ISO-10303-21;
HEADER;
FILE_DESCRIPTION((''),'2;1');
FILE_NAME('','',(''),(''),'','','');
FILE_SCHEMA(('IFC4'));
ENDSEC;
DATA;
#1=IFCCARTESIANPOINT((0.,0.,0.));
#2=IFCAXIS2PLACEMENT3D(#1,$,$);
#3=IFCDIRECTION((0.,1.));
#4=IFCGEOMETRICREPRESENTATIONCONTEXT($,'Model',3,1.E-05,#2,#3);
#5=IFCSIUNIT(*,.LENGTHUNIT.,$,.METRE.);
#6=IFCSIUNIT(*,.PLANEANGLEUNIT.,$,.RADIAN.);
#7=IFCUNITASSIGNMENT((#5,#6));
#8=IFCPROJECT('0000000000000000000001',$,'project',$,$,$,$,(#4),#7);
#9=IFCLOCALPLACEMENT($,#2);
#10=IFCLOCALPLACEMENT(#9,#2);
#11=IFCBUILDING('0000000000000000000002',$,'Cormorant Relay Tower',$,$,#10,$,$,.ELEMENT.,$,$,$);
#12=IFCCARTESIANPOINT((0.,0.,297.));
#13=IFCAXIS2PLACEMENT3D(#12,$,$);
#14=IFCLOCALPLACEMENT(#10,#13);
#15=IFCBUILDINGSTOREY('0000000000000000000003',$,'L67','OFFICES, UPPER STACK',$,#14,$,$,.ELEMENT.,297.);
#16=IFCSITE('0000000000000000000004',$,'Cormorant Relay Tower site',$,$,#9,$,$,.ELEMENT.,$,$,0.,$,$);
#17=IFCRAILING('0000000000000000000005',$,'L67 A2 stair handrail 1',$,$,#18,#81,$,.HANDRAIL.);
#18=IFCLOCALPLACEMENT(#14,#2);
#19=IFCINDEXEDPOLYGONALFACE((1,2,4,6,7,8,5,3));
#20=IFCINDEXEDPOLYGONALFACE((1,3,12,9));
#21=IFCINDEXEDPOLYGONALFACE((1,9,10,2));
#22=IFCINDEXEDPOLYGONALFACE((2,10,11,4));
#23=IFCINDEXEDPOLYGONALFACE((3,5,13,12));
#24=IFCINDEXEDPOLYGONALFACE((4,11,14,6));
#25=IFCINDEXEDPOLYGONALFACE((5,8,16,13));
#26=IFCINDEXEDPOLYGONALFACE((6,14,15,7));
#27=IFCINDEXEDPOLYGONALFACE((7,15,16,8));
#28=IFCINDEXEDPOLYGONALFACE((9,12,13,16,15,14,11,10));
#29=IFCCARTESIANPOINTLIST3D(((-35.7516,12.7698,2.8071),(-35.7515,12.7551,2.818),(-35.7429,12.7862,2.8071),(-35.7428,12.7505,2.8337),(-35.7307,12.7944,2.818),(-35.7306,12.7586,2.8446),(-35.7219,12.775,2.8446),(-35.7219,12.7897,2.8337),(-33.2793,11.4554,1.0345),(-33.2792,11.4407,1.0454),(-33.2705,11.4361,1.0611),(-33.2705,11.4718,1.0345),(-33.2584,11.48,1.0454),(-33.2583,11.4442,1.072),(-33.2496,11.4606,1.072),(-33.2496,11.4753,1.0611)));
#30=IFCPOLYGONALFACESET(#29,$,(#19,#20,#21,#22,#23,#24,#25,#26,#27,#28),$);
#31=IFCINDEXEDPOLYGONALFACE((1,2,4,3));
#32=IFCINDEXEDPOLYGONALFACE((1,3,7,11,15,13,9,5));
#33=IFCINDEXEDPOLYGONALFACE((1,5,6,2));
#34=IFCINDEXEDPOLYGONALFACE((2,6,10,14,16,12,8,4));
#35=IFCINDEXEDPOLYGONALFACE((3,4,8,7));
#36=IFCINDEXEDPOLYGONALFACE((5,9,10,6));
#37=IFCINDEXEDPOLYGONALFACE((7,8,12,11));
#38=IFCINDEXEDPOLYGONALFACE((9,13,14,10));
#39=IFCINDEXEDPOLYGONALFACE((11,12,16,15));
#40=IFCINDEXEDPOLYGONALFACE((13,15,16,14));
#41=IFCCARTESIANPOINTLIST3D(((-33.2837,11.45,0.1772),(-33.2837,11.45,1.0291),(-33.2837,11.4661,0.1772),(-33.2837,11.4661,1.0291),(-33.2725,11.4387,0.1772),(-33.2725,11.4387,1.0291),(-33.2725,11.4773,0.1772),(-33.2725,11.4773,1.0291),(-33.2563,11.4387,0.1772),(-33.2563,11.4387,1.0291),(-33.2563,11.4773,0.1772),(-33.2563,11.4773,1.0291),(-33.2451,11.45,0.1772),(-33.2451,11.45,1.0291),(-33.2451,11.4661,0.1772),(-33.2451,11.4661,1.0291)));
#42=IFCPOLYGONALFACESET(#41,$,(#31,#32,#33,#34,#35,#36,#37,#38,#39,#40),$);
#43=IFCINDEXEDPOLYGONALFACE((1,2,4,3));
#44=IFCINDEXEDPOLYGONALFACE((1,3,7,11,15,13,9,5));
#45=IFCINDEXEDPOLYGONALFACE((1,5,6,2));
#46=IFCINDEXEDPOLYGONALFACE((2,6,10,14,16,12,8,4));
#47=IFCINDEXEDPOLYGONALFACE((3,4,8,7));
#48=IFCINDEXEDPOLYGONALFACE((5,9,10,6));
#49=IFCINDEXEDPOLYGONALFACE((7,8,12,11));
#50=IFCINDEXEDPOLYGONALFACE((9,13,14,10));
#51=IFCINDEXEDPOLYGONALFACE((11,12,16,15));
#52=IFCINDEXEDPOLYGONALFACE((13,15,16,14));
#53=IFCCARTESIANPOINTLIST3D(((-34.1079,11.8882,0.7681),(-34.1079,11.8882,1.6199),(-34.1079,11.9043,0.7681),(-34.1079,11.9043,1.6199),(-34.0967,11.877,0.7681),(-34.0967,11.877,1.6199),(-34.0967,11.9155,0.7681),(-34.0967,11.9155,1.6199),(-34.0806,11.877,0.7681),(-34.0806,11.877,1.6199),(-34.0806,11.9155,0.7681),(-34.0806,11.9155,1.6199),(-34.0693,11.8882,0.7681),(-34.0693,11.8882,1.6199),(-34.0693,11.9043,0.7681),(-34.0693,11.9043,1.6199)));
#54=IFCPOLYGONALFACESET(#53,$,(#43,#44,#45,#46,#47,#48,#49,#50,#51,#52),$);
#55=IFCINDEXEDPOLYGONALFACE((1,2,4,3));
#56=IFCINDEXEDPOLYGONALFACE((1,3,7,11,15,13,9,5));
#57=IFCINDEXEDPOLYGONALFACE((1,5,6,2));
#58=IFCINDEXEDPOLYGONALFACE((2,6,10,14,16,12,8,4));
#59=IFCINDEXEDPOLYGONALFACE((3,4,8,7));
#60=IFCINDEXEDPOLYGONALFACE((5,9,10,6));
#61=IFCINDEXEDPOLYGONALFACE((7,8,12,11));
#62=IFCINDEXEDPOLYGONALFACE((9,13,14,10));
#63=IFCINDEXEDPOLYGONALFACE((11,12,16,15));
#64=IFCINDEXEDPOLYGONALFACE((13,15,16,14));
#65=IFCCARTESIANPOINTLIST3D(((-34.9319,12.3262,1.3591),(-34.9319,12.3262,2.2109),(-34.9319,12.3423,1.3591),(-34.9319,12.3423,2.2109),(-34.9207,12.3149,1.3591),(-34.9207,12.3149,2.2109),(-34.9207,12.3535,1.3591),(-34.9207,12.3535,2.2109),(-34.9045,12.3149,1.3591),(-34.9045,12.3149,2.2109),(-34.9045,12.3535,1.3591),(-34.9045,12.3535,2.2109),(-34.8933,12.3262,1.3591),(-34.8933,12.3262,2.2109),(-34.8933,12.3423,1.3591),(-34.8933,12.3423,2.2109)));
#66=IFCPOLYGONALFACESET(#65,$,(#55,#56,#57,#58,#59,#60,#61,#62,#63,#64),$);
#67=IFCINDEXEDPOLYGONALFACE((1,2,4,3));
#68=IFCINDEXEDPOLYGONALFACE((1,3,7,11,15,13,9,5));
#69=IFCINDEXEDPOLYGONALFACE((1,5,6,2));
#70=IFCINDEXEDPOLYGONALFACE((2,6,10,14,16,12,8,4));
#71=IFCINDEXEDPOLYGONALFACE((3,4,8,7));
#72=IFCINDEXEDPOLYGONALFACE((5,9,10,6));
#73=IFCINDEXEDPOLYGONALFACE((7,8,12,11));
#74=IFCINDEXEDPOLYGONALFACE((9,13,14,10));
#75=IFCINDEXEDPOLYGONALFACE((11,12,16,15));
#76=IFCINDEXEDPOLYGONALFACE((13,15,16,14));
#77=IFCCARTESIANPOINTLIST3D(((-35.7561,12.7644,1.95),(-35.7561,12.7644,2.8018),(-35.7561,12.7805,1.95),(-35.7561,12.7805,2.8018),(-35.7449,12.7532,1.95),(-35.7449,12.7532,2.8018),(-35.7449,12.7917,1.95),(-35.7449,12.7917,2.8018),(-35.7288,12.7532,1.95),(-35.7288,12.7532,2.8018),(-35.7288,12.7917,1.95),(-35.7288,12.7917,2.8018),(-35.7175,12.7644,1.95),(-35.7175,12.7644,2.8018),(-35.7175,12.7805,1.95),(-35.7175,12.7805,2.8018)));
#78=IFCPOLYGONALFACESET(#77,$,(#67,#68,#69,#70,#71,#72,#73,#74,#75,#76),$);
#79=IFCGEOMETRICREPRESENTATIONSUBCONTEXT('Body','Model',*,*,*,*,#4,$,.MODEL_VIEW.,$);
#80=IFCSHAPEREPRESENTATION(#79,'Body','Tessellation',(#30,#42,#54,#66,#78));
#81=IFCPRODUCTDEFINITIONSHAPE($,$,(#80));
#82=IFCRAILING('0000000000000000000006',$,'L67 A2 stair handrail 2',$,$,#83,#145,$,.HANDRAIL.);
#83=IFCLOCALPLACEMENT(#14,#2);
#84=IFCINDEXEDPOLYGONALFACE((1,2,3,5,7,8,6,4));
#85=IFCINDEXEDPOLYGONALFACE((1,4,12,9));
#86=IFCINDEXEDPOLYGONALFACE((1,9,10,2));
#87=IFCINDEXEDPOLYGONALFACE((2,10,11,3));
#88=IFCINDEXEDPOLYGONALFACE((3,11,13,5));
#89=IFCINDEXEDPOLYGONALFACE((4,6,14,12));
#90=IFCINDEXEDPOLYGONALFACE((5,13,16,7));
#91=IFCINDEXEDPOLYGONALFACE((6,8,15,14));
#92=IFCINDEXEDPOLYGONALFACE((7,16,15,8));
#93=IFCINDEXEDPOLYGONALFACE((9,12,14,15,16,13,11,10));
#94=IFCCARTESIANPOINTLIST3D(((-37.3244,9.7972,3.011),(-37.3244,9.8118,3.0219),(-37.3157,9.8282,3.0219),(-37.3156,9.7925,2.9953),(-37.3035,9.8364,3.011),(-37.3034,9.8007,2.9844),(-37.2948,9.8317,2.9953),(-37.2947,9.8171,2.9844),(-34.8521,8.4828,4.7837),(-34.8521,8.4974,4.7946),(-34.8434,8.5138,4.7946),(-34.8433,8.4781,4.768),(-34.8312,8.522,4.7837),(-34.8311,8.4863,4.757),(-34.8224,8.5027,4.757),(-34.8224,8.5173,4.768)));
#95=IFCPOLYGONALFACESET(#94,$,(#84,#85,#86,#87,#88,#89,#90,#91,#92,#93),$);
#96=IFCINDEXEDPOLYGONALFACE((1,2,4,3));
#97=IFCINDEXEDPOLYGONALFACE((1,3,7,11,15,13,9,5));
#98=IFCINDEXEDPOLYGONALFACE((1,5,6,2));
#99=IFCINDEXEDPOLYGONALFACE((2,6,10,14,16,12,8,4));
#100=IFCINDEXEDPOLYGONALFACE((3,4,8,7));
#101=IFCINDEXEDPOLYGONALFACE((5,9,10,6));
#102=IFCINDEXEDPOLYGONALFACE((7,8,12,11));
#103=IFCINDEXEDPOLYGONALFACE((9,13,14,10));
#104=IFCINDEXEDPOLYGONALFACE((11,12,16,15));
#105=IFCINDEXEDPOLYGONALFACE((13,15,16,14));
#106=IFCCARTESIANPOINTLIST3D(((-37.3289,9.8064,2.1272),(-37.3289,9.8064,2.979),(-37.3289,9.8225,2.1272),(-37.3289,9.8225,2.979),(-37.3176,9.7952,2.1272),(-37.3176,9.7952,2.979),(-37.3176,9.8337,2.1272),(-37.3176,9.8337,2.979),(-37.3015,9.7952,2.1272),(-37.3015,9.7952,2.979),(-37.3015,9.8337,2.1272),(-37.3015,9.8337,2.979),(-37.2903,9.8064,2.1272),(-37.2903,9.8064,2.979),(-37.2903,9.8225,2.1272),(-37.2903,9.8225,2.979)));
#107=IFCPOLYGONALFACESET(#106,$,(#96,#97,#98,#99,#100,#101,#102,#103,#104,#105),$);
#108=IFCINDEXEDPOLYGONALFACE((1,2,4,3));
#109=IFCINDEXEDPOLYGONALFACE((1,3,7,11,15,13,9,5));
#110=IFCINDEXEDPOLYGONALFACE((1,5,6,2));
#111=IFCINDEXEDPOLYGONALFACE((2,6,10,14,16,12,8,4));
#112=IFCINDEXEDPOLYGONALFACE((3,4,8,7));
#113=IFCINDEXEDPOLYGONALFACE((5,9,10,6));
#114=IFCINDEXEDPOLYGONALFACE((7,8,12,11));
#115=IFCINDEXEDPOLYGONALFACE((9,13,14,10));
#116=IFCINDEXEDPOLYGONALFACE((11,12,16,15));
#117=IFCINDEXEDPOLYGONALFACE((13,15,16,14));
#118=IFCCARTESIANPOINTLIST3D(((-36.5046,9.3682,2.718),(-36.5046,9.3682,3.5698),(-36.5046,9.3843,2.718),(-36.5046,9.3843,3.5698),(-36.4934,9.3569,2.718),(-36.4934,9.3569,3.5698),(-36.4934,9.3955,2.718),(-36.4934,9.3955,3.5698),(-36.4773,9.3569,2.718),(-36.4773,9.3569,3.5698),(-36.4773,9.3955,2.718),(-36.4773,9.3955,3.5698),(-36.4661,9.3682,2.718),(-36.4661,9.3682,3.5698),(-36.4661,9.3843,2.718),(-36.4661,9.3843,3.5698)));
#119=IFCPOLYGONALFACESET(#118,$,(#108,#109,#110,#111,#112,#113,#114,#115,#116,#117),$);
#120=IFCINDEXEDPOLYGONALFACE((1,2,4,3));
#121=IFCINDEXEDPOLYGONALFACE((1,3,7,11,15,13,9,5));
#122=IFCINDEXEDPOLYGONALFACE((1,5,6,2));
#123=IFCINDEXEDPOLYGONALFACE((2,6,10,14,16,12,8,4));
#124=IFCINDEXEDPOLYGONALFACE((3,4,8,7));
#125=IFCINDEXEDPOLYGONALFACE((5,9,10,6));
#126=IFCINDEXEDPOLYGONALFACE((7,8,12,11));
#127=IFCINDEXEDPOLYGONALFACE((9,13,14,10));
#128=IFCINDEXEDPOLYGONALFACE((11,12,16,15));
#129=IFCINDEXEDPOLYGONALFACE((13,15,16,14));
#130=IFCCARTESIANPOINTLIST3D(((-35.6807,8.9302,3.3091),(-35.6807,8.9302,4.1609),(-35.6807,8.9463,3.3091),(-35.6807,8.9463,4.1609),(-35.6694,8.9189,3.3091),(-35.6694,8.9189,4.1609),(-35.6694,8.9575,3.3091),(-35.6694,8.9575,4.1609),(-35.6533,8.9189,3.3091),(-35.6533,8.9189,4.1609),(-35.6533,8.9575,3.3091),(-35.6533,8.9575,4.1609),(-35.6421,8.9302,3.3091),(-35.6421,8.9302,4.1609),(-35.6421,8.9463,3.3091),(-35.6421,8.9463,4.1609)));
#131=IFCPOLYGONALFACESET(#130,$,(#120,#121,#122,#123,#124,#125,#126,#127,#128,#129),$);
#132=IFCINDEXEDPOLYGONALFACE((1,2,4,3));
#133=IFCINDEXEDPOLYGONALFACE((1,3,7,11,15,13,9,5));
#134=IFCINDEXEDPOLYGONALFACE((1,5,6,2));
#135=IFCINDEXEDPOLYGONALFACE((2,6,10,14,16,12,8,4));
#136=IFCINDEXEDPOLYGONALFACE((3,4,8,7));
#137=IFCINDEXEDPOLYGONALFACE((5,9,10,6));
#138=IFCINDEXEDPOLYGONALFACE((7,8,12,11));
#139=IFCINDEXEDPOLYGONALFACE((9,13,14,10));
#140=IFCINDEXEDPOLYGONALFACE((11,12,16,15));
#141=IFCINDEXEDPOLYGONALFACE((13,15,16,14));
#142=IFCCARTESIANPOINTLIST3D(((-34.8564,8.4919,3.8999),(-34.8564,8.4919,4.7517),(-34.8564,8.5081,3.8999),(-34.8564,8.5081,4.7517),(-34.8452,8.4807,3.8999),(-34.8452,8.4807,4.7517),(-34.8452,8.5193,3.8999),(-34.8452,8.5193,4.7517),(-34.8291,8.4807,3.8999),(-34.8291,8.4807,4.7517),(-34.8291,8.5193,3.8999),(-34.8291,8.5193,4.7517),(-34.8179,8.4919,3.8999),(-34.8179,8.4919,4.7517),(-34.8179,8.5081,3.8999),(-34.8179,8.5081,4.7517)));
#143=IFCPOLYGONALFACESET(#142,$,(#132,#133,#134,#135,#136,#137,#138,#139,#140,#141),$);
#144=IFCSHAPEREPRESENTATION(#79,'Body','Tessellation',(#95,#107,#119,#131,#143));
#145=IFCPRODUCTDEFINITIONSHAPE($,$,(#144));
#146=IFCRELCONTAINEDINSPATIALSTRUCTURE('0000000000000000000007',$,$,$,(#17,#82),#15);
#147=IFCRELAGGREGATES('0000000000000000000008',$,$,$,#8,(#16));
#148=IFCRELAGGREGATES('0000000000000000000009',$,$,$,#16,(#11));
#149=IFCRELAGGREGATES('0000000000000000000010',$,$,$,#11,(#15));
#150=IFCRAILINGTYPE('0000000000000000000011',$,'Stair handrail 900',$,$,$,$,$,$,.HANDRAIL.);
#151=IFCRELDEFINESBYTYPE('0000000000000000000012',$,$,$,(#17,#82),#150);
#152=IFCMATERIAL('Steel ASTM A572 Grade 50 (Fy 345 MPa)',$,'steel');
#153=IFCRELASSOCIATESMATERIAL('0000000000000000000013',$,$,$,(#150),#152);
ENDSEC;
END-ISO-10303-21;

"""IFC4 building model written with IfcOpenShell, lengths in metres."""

from ifc_helpers import new_model, si_unit, direction, frame, origin, place, context, subcontext, project, spatial, polyline, outline, extrude, material, type_object, element, save


model = new_model("IFC4")

# Units and contexts
model_context = context("Model", 3, precision=1e-05, world=origin(), true_north=direction((0.0, 1.0)))
body_context = subcontext(model_context, "Body", "Model", "MODEL_VIEW")
ifc_project = project(units=[si_unit("LENGTHUNIT", "METRE"), si_unit("PLANEANGLEUNIT", "RADIAN")], contexts=[model_context])

# Site, building, storey
site_placement = place(None, origin())
site = spatial("IfcSite", under=ifc_project, at=site_placement, Name="Cormorant Relay Tower site", CompositionType="ELEMENT", RefElevation=0.0)
building_placement = place(site_placement, origin())
building = spatial("IfcBuilding", under=site, at=building_placement, Name="Cormorant Relay Tower", CompositionType="ELEMENT")
storey_placement = place(building_placement, frame((0.0, 0.0, 297.0)))
storey = spatial("IfcBuildingStorey", under=building, at=storey_placement, Name="L67", Description="OFFICES, UPPER STACK", CompositionType="ELEMENT", Elevation=297.0)

# Railings
ifc_material_1 = material(Name="Steel ASTM A572 Grade 50 (Fy 345 MPa)", Category="steel")
railing_type_1 = type_object("IfcRailingType", Name="Stair handrail 900", PredefinedType="HANDRAIL", material=ifc_material_1)
railing_1_placement = place(storey_placement, frame((-33.2644, 11.458, 0.1772)))
element("IfcRailing", 1, at=railing_1_placement, inside=storey, type_object=railing_type_1, Name="L67 A2 stair handrail 1", PredefinedType="HANDRAIL", context=body_context, shape_type="SweptSolid", body=[
    extrude(outline(polyline([(0.0222, 0.0093), (0.0093, 0.0222), (-0.0093, 0.0222), (-0.0222, 0.0093), (-0.0222, -0.0093), (-0.0093, -0.0222), (0.0093, -0.0222), (0.0222, -0.0093), (0.0222, 0.0093)])), frame((0.0, 0.0, 0.876), z_axis=(-0.746034, 0.396627, 0.534902), x_axis=(-0.469429, -0.88297, 0.0)), (0.0, 0.0, 1.0), 3.314),
    extrude(outline(polyline([(0.0193, 0.0081), (0.0081, 0.0193), (-0.0081, 0.0193), (-0.0193, 0.0081), (-0.0193, -0.0081), (-0.0081, -0.0193), (0.0081, -0.0193), (0.0193, -0.0081), (0.0193, 0.0081)])), origin(), (0.0, 0.0, 1.0), 0.8518),
    extrude(outline(polyline([(0.0193, 0.0081), (0.0081, 0.0193), (-0.0081, 0.0193), (-0.0193, 0.0081), (-0.0193, -0.0081), (-0.0081, -0.0193), (0.0081, -0.0193), (0.0193, -0.0081), (0.0193, 0.0081)])), frame((-0.8242, 0.4382, 0.5908)), (0.0, 0.0, 1.0), 0.8518),
    extrude(outline(polyline([(0.0193, 0.0081), (0.0081, 0.0193), (-0.0081, 0.0193), (-0.0193, 0.0081), (-0.0193, -0.0081), (-0.0081, -0.0193), (0.0081, -0.0193), (0.0193, -0.0081), (0.0193, 0.0081)])), frame((-1.6482, 0.8762, 1.1819)), (0.0, 0.0, 1.0), 0.8518),
    extrude(outline(polyline([(0.0193, 0.0081), (0.0081, 0.0193), (-0.0081, 0.0193), (-0.0193, 0.0081), (-0.0193, -0.0081), (-0.0081, -0.0193), (0.0081, -0.0193), (0.0193, -0.0081), (0.0193, 0.0081)])), frame((-2.4724, 1.3145, 1.7727)), (0.0, 0.0, 1.0), 0.8518),
])
railing_2_placement = place(storey_placement, frame((-37.3096, 9.8145, 2.1272)))
element("IfcRailing", 2, at=railing_2_placement, inside=storey, type_object=railing_type_1, Name="L67 A2 stair handrail 2", PredefinedType="HANDRAIL", context=body_context, shape_type="SweptSolid", body=[
    extrude(outline(polyline([(0.0222, 0.0093), (0.0093, 0.0222), (-0.0093, 0.0222), (-0.0222, 0.0093), (-0.0222, -0.0093), (-0.0093, -0.0222), (0.0093, -0.0222), (0.0222, -0.0093), (0.0222, 0.0093)])), frame((0.0, 0.0, 0.876), z_axis=(0.746034, -0.396627, 0.534902), x_axis=(0.469429, 0.88297, 0.0)), (0.0, 0.0, 1.0), 3.314),
    extrude(outline(polyline([(0.0193, 0.0081), (0.0081, 0.0193), (-0.0081, 0.0193), (-0.0193, 0.0081), (-0.0193, -0.0081), (-0.0081, -0.0193), (0.0081, -0.0193), (0.0193, -0.0081), (0.0193, 0.0081)])), origin(), (0.0, 0.0, 1.0), 0.8518),
    extrude(outline(polyline([(0.0193, 0.0081), (0.0081, 0.0193), (-0.0081, 0.0193), (-0.0193, 0.0081), (-0.0193, -0.0081), (-0.0081, -0.0193), (0.0081, -0.0193), (0.0193, -0.0081), (0.0193, 0.0081)])), frame((0.8242, -0.4382, 0.5908)), (0.0, 0.0, 1.0), 0.8518),
    extrude(outline(polyline([(0.0193, 0.0081), (0.0081, 0.0193), (-0.0081, 0.0193), (-0.0193, 0.0081), (-0.0193, -0.0081), (-0.0081, -0.0193), (0.0081, -0.0193), (0.0193, -0.0081), (0.0193, 0.0081)])), frame((1.6482, -0.8762, 1.1819)), (0.0, 0.0, 1.0), 0.8518),
    extrude(outline(polyline([(0.0193, 0.0081), (0.0081, 0.0193), (-0.0081, 0.0193), (-0.0193, 0.0081), (-0.0193, -0.0081), (-0.0081, -0.0193), (0.0081, -0.0193), (0.0193, -0.0081), (0.0193, 0.0081)])), frame((2.4724, -1.3145, 1.7727)), (0.0, 0.0, 1.0), 0.8518),
])

save(model, "model.ifc")
